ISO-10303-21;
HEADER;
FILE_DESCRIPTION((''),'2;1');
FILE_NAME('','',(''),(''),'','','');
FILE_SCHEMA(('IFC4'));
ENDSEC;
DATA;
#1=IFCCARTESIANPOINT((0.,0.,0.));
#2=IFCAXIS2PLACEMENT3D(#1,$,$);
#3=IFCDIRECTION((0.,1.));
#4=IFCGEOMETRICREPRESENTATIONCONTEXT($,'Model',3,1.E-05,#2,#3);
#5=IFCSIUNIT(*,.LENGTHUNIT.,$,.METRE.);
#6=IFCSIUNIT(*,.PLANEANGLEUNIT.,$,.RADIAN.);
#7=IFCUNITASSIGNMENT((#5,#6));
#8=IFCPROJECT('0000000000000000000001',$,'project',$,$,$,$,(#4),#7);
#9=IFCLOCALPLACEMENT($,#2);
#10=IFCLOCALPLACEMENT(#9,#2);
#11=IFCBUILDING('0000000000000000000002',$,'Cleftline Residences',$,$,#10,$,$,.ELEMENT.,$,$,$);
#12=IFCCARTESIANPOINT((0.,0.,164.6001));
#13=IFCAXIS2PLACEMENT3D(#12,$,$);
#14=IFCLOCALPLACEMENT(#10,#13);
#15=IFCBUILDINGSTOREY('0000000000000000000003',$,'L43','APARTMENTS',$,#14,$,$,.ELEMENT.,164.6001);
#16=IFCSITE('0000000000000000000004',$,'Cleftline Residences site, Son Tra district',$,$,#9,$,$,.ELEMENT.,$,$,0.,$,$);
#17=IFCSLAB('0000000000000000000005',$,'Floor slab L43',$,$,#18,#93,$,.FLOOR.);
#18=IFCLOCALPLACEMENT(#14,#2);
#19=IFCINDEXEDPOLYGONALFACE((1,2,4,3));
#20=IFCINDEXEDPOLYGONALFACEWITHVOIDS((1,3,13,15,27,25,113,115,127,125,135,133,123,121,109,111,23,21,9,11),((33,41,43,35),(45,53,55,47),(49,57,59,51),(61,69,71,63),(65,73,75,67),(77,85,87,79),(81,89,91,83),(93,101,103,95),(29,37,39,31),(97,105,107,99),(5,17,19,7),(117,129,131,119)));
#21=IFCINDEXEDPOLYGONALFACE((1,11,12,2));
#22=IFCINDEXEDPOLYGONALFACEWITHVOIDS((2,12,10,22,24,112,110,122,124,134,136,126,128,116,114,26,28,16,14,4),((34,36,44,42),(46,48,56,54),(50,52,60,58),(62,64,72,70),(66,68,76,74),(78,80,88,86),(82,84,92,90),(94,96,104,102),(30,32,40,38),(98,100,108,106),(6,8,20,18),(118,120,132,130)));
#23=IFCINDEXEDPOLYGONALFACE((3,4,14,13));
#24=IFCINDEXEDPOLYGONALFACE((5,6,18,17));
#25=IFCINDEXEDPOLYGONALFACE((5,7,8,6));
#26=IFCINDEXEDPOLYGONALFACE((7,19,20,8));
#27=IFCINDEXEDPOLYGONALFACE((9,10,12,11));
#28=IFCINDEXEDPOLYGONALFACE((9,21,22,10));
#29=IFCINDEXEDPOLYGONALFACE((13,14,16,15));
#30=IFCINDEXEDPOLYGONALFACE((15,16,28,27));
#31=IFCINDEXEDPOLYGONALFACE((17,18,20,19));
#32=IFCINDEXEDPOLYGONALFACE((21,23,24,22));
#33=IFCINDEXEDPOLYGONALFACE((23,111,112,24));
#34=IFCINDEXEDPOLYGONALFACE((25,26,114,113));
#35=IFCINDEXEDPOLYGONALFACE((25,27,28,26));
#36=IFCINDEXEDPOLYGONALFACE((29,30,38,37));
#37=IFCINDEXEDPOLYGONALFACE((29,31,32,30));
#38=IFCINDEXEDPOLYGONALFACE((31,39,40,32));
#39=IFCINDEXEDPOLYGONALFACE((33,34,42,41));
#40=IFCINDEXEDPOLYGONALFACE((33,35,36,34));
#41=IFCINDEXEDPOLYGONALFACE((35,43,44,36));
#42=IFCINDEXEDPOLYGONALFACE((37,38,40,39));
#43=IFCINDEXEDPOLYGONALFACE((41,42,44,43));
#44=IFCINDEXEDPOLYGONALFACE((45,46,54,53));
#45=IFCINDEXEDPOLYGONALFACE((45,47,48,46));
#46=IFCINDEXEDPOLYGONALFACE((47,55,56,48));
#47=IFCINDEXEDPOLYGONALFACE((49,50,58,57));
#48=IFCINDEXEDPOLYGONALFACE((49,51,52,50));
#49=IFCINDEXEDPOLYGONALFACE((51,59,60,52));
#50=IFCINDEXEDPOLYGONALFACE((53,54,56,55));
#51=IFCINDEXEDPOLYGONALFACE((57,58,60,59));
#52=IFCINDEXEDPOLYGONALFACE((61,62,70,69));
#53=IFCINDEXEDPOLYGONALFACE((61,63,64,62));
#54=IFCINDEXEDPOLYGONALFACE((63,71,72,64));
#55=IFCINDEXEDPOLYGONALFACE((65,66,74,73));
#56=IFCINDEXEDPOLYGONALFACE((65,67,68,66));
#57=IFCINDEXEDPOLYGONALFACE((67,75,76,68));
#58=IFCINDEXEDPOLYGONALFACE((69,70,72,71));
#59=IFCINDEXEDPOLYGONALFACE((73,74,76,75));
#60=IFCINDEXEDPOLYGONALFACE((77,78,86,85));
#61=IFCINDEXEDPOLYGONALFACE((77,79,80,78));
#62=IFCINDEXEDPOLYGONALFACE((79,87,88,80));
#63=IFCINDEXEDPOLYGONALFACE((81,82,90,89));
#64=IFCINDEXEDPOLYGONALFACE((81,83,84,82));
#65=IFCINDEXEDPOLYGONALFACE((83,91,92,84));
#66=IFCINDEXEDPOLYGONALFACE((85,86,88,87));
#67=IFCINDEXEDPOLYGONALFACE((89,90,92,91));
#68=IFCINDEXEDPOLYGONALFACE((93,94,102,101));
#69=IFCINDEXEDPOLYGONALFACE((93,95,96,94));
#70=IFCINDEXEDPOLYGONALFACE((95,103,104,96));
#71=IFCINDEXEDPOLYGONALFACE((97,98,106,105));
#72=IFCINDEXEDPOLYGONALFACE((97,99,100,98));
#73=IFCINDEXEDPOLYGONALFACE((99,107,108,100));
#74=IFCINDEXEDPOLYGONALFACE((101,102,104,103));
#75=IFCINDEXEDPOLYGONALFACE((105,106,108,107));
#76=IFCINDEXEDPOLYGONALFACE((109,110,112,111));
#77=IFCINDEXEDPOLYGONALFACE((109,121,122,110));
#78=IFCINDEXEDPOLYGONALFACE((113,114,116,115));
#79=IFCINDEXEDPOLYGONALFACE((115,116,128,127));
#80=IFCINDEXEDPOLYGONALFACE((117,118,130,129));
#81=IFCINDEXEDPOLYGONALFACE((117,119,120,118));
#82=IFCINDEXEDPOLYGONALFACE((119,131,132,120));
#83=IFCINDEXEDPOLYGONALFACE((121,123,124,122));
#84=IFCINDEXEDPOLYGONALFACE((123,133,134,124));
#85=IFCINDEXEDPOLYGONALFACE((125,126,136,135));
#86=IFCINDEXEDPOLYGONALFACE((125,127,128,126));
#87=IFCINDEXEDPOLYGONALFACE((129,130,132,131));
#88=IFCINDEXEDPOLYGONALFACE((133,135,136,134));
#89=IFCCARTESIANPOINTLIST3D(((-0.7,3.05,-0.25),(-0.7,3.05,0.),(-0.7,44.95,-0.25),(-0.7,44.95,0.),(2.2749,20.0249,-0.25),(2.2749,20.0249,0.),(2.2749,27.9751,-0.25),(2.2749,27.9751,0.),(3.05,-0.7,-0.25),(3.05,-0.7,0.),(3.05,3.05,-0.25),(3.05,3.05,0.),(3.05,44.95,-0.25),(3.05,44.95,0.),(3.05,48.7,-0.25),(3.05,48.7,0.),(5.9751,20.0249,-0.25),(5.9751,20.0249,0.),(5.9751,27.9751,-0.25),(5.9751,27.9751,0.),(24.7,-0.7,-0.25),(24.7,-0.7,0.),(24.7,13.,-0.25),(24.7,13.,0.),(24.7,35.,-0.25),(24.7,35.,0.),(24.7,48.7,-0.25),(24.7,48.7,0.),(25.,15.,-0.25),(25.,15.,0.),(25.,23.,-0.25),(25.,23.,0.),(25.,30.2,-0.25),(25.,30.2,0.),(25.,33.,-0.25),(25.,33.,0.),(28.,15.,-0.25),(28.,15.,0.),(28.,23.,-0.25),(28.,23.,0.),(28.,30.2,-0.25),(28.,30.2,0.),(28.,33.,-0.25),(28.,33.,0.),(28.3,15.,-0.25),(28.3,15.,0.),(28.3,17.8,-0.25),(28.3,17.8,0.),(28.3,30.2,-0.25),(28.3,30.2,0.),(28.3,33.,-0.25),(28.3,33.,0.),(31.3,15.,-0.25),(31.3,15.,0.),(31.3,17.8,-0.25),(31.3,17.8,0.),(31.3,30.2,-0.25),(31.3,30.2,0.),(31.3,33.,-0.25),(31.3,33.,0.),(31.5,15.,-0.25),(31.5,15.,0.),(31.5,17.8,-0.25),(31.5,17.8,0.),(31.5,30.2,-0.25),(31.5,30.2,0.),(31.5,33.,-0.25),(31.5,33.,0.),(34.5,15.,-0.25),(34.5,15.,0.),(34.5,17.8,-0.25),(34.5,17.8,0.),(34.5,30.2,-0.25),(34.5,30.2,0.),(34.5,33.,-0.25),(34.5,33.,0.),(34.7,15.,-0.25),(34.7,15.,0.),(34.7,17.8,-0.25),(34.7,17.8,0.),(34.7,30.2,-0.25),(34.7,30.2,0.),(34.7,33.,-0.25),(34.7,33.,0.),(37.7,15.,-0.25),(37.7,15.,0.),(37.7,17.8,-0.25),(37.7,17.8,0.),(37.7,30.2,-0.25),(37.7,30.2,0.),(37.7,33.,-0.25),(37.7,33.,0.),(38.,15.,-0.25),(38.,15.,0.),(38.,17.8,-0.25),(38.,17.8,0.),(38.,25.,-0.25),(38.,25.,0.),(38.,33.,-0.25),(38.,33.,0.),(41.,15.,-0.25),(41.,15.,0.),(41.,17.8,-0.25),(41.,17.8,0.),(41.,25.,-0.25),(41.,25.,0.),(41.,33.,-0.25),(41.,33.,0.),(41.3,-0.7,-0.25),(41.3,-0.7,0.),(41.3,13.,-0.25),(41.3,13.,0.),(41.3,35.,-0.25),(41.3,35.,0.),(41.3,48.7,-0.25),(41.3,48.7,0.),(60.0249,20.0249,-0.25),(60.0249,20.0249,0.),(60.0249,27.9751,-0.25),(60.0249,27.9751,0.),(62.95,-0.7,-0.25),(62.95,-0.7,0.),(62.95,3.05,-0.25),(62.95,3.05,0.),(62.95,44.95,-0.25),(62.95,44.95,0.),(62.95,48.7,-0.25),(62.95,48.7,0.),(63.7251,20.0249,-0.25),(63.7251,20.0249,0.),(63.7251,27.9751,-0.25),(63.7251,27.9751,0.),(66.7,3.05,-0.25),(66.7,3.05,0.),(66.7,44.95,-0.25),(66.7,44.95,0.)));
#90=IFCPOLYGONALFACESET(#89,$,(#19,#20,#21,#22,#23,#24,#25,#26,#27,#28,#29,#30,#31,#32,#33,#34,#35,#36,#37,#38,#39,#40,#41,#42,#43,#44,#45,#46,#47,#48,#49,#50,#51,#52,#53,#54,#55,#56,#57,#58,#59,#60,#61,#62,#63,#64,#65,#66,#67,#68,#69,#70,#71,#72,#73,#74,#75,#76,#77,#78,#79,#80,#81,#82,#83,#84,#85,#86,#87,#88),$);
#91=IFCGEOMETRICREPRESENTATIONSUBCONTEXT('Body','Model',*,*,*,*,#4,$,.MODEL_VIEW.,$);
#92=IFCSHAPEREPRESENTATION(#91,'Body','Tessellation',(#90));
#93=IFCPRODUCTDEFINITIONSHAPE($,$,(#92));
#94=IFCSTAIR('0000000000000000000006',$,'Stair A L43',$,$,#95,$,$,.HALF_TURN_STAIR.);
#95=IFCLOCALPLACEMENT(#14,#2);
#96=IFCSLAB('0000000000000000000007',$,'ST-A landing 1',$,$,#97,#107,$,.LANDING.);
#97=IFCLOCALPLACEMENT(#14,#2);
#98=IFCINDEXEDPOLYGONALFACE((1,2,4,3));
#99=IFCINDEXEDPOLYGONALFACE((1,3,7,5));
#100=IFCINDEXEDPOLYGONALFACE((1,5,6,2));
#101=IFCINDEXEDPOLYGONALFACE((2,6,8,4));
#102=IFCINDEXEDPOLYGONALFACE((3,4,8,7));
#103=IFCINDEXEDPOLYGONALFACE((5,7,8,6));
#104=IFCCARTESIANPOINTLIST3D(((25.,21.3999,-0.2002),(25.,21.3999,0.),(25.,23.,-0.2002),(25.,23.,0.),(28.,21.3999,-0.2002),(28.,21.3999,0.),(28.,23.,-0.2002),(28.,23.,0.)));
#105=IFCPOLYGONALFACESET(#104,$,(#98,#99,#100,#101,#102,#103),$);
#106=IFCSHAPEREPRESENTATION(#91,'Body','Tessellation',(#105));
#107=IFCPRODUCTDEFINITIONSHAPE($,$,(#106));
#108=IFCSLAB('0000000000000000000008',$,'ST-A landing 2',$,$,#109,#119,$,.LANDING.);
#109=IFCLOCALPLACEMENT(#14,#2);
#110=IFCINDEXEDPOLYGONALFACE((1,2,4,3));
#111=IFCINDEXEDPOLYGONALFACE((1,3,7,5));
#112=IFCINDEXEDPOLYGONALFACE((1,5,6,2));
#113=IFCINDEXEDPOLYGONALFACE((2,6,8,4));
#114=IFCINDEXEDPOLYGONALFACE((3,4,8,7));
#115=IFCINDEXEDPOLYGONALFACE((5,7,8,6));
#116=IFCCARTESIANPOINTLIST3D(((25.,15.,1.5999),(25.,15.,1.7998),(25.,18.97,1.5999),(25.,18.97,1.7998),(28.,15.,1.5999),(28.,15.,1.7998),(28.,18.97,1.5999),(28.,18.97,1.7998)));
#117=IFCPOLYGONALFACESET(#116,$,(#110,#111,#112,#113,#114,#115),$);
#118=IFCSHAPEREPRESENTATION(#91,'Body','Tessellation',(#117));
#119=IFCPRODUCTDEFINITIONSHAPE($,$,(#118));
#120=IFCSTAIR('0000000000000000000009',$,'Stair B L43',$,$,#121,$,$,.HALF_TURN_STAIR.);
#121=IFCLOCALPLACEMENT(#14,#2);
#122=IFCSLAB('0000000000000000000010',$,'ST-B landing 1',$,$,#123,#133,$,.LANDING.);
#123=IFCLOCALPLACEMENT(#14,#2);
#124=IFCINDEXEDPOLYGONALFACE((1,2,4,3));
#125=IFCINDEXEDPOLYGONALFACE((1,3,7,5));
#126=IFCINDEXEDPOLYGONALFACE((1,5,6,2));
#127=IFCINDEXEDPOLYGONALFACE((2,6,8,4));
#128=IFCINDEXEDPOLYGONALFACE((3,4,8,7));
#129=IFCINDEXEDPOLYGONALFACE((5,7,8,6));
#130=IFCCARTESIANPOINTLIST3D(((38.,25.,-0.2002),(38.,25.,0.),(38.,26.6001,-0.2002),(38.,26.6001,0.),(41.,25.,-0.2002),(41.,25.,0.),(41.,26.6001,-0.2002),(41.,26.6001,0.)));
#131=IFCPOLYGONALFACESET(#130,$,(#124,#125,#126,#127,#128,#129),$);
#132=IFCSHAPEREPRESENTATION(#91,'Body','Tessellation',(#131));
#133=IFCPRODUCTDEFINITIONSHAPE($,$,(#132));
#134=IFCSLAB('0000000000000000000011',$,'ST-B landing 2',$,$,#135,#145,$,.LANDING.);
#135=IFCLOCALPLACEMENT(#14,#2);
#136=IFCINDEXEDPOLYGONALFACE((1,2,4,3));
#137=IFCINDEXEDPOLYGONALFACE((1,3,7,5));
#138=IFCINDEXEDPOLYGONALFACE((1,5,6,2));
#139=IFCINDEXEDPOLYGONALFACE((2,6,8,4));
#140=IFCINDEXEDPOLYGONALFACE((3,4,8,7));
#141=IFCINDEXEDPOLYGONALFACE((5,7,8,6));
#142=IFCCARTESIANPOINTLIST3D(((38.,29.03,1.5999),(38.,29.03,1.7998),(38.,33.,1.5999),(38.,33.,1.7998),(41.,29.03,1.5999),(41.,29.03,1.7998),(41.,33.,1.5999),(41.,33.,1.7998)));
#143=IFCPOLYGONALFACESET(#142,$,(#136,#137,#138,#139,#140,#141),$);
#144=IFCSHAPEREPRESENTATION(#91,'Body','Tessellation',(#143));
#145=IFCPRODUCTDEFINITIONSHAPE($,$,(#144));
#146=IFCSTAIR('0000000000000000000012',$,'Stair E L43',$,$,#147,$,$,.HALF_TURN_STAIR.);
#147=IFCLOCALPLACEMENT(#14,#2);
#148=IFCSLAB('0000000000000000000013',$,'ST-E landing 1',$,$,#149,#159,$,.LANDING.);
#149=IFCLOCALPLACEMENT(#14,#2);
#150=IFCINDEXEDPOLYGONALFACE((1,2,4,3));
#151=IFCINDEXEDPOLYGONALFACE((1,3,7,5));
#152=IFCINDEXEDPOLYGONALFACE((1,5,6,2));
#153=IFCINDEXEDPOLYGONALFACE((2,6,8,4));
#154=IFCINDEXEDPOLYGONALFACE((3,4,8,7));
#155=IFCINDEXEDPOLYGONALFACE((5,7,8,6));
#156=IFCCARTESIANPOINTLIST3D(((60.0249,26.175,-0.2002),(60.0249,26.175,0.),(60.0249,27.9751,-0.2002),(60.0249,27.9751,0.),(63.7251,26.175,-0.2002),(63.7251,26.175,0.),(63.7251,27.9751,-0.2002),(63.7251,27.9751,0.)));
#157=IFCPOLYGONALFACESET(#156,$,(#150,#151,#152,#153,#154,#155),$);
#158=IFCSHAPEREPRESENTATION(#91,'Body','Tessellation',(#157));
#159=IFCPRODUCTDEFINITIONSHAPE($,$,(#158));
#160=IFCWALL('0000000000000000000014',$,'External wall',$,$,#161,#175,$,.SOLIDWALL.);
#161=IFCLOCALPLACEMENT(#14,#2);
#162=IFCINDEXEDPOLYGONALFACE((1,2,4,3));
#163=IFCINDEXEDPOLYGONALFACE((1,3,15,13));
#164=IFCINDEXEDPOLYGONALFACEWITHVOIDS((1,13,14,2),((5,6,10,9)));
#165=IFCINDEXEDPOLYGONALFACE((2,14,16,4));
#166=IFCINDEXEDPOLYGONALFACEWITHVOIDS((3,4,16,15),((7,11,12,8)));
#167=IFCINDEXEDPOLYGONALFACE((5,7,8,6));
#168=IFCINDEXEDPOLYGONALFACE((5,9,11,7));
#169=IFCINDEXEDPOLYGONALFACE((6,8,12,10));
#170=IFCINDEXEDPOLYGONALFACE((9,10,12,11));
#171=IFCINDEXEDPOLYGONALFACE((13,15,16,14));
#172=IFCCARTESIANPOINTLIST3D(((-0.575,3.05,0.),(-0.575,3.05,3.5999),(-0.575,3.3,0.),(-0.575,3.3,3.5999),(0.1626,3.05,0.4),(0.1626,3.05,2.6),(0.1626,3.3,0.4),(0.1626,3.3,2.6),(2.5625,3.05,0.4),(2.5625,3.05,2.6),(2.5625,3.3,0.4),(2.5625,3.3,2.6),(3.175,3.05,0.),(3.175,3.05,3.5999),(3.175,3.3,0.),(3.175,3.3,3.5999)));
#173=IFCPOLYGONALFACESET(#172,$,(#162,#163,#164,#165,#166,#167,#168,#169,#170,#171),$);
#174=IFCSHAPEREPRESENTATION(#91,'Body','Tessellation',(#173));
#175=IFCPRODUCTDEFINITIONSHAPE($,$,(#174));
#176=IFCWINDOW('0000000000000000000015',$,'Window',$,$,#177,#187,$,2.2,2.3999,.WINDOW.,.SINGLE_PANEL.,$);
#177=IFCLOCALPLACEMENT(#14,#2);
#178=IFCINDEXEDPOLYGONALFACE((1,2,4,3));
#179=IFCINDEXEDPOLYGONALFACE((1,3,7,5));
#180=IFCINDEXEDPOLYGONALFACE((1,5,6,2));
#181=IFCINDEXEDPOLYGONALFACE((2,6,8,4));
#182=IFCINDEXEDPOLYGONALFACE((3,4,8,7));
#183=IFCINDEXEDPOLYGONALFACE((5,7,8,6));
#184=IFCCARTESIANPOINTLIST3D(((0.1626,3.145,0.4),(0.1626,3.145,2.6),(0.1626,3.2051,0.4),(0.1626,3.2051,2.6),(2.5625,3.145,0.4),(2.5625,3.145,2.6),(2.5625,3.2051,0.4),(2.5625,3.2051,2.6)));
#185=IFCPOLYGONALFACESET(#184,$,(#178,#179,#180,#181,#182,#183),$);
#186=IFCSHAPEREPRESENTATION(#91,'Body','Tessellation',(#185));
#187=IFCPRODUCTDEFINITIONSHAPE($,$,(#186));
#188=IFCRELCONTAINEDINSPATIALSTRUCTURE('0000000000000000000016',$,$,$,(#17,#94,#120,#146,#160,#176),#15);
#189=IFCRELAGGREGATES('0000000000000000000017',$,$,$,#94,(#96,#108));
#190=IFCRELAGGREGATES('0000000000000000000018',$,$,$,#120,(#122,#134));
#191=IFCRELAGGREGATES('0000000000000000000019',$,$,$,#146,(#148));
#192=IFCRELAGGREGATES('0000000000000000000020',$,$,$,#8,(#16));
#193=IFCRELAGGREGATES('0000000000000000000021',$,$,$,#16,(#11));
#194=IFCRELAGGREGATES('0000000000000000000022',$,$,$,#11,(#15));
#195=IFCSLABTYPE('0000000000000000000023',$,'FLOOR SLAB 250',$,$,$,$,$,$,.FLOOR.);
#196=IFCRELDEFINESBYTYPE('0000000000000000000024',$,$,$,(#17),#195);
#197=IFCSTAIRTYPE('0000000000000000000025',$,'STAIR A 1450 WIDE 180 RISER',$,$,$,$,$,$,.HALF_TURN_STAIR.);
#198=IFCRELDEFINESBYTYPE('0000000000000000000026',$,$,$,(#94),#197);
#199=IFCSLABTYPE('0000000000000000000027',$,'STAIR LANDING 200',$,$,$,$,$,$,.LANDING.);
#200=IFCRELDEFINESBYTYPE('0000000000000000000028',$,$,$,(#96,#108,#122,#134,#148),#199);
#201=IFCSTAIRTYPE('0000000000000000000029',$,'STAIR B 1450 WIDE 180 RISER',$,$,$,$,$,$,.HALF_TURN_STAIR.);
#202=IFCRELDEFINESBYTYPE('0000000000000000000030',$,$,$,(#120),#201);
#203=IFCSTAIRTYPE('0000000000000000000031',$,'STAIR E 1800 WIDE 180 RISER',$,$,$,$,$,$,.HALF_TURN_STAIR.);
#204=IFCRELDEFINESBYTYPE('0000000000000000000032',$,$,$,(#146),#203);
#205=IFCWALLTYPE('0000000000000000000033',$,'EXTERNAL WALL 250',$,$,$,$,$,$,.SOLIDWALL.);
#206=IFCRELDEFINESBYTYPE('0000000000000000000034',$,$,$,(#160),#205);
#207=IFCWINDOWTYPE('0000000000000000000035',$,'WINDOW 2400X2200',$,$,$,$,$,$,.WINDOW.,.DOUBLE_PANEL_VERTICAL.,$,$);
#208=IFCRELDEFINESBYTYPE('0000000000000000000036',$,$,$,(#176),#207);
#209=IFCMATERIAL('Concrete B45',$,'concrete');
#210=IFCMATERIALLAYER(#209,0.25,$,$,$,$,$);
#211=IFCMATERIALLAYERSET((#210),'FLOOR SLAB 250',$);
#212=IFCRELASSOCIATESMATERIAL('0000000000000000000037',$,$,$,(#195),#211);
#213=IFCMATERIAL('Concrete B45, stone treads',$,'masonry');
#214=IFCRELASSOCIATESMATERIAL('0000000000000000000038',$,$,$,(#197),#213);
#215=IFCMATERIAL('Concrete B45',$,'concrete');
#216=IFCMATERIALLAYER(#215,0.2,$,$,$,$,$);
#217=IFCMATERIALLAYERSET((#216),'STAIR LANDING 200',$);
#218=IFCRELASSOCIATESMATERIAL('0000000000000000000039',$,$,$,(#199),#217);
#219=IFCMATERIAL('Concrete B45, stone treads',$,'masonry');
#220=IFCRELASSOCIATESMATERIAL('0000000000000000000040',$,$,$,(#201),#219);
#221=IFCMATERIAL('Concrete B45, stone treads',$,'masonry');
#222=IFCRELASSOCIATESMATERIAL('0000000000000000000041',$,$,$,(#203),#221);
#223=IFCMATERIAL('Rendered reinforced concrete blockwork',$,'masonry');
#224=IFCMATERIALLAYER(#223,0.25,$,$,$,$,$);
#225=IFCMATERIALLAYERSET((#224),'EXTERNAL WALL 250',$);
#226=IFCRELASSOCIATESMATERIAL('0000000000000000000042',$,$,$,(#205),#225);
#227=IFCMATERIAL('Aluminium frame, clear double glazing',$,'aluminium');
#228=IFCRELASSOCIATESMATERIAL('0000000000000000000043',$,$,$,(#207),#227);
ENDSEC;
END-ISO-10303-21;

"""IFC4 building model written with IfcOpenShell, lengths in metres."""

from ifc_helpers import new_model, si_unit, direction, frame, frame_2d, origin, place, context, subcontext, project, spatial, polyline, rectangle, outline, extrude, material, layer, layer_set, type_object, element, fill, aggregate, save


model = new_model("IFC4")

# Units and contexts
model_context = context("Model", 3, precision=1e-05, world=origin(), true_north=direction((0.0, 1.0)))
body_context = subcontext(model_context, "Body", "Model", "MODEL_VIEW")
ifc_project = project(units=[si_unit("LENGTHUNIT", "METRE"), si_unit("PLANEANGLEUNIT", "RADIAN")], contexts=[model_context])

# Site, building, storey
site_placement = place(None, origin())
site = spatial("IfcSite", under=ifc_project, at=site_placement, Name="Cleftline Residences site, Son Tra district", CompositionType="ELEMENT", RefElevation=0.0)
building_placement = place(site_placement, origin())
building = spatial("IfcBuilding", under=site, at=building_placement, Name="Cleftline Residences", CompositionType="ELEMENT")
storey_placement = place(building_placement, frame((0.0, 0.0, 164.6001)))
storey = spatial("IfcBuildingStorey", under=building, at=storey_placement, Name="L43", Description="APARTMENTS", CompositionType="ELEMENT", Elevation=164.6001)

# Slab
ifc_material_1 = material(Name="Concrete B45", Category="concrete")
ifc_layer_1 = layer(ifc_material_1, 0.25)
ifc_layer_set_1 = layer_set([ifc_layer_1], Name="FLOOR SLAB 250")
slab_type_1 = type_object("IfcSlabType", Name="FLOOR SLAB 250", PredefinedType="FLOOR", material=ifc_layer_set_1)
slab_1_placement = place(storey_placement, frame((0.0, 0.0, -0.25)))
element("IfcSlab", 1, at=slab_1_placement, inside=storey, type_object=slab_type_1, Name="Floor slab L43", PredefinedType="FLOOR", context=body_context, shape_type="SweptSolid", body=[
    extrude(outline(polyline([(24.7, 13.0), (41.3, 13.0), (41.3, -0.7), (62.95, -0.7), (62.95, 3.05), (66.7, 3.05), (66.7, 44.95), (62.95, 44.95), (62.95, 48.7), (41.3, 48.7), (41.3, 35.0), (24.7, 35.0), (24.7, 48.7), (3.05, 48.7), (3.05, 44.95), (-0.7, 44.95), (-0.7, 3.05), (3.05, 3.05), (3.05, -0.7), (24.7, -0.7), (24.7, 13.0)]), holes=[polyline([(28.0, 15.0), (28.0, 23.0), (25.0, 23.0), (25.0, 15.0), (28.0, 15.0)]), polyline([(41.0, 25.0), (41.0, 33.0), (38.0, 33.0), (38.0, 25.0), (41.0, 25.0)]), polyline([(28.0, 30.2), (28.0, 33.0), (25.0, 33.0), (25.0, 30.2), (28.0, 30.2)]), polyline([(41.0, 15.0), (41.0, 17.8), (38.0, 17.8), (38.0, 15.0), (41.0, 15.0)]), polyline([(31.3, 15.0), (31.3, 17.8), (28.3, 17.8), (28.3, 15.0), (31.3, 15.0)]), polyline([(34.5, 15.0), (34.5, 17.8), (31.5, 17.8), (31.5, 15.0), (34.5, 15.0)]), polyline([(37.7, 15.0), (37.7, 17.8), (34.7, 17.8), (34.7, 15.0), (37.7, 15.0)]), polyline([(31.3, 30.2), (31.3, 33.0), (28.3, 33.0), (28.3, 30.2), (31.3, 30.2)]), polyline([(34.5, 30.2), (34.5, 33.0), (31.5, 33.0), (31.5, 30.2), (34.5, 30.2)]), polyline([(37.7, 30.2), (37.7, 33.0), (34.7, 33.0), (34.7, 30.2), (37.7, 30.2)]), polyline([(63.7251, 20.0249), (63.7251, 27.9751), (60.0249, 27.9751), (60.0249, 20.0249), (63.7251, 20.0249)]), polyline([(5.9751, 20.0249), (5.9751, 27.9751), (2.2749, 27.9751), (2.2749, 20.0249), (5.9751, 20.0249)])]), origin(), (0.0, 0.0, 1.0), 0.25),
])

# Stairs, slabs
ifc_material_2 = material(Name="Concrete B45, stone treads", Category="masonry")
stair_type_1 = type_object("IfcStairType", Name="STAIR A 1450 WIDE 180 RISER", PredefinedType="HALF_TURN_STAIR", material=ifc_material_2)
stair_1_placement = place(storey_placement, origin())
stair_1 = element("IfcStair", 2, at=stair_1_placement, inside=storey, type_object=stair_type_1, Name="Stair A L43", PredefinedType="HALF_TURN_STAIR")
ifc_material_3 = material(Name="Concrete B45", Category="concrete")
ifc_layer_2 = layer(ifc_material_3, 0.2)
ifc_layer_set_2 = layer_set([ifc_layer_2], Name="STAIR LANDING 200")
slab_type_2 = type_object("IfcSlabType", Name="STAIR LANDING 200", PredefinedType="LANDING", material=ifc_layer_set_2)
slab_2_placement = place(storey_placement, frame((0.0, 0.0, -0.2002)))
slab_2 = element("IfcSlab", 3, at=slab_2_placement, type_object=slab_type_2, Name="ST-A landing 1", PredefinedType="LANDING", context=body_context, shape_type="SweptSolid", body=[
    extrude(outline(polyline([(25.0, 21.3999), (28.0, 21.3999), (28.0, 23.0), (25.0, 23.0), (25.0, 21.3999)])), origin(), (0.0, 0.0, 1.0), 0.2002),
])
slab_3_placement = place(storey_placement, frame((0.0, 0.0, 1.5999)))
slab_3 = element("IfcSlab", 4, at=slab_3_placement, type_object=slab_type_2, Name="ST-A landing 2", PredefinedType="LANDING", context=body_context, shape_type="SweptSolid", body=[
    extrude(outline(polyline([(25.0, 15.0), (28.0, 15.0), (28.0, 18.97), (25.0, 18.97), (25.0, 15.0)])), origin(), (0.0, 0.0, 1.0), 0.2),
])
aggregate(stair_1, [slab_2, slab_3])
ifc_material_4 = material(Name="Concrete B45, stone treads", Category="masonry")
stair_type_2 = type_object("IfcStairType", Name="STAIR B 1450 WIDE 180 RISER", PredefinedType="HALF_TURN_STAIR", material=ifc_material_4)
stair_2_placement = place(storey_placement, origin())
stair_2 = element("IfcStair", 5, at=stair_2_placement, inside=storey, type_object=stair_type_2, Name="Stair B L43", PredefinedType="HALF_TURN_STAIR")
slab_4_placement = place(storey_placement, frame((0.0, 0.0, -0.2002)))
slab_4 = element("IfcSlab", 6, at=slab_4_placement, type_object=slab_type_2, Name="ST-B landing 1", PredefinedType="LANDING", context=body_context, shape_type="SweptSolid", body=[
    extrude(outline(polyline([(38.0, 25.0), (41.0, 25.0), (41.0, 26.6001), (38.0, 26.6001), (38.0, 25.0)])), origin(), (0.0, 0.0, 1.0), 0.2002),
])
slab_5_placement = place(storey_placement, frame((0.0, 0.0, 1.5999)))
slab_5 = element("IfcSlab", 7, at=slab_5_placement, type_object=slab_type_2, Name="ST-B landing 2", PredefinedType="LANDING", context=body_context, shape_type="SweptSolid", body=[
    extrude(outline(polyline([(38.0, 29.03), (41.0, 29.03), (41.0, 33.0), (38.0, 33.0), (38.0, 29.03)])), origin(), (0.0, 0.0, 1.0), 0.2),
])
aggregate(stair_2, [slab_4, slab_5])

# Stair, slab
ifc_material_5 = material(Name="Concrete B45, stone treads", Category="masonry")
stair_type_3 = type_object("IfcStairType", Name="STAIR E 1800 WIDE 180 RISER", PredefinedType="HALF_TURN_STAIR", material=ifc_material_5)
stair_3_placement = place(storey_placement, origin())
stair_3 = element("IfcStair", 8, at=stair_3_placement, inside=storey, type_object=stair_type_3, Name="Stair E L43", PredefinedType="HALF_TURN_STAIR")
slab_6_placement = place(storey_placement, frame((0.0, 0.0, -0.2002)))
slab_6 = element("IfcSlab", 9, at=slab_6_placement, type_object=slab_type_2, Name="ST-E landing 1", PredefinedType="LANDING", context=body_context, shape_type="SweptSolid", body=[
    extrude(outline(polyline([(60.0249, 26.175), (63.7251, 26.175), (63.7251, 27.9751), (60.0249, 27.9751), (60.0249, 26.175)])), origin(), (0.0, 0.0, 1.0), 0.2002),
])
aggregate(stair_3, [slab_6])

# Wall, opening, window
ifc_material_6 = material(Name="Rendered reinforced concrete blockwork", Category="masonry")
ifc_layer_3 = layer(ifc_material_6, 0.25)
ifc_layer_set_3 = layer_set([ifc_layer_3], Name="EXTERNAL WALL 250")
wall_type = type_object("IfcWallType", Name="EXTERNAL WALL 250", PredefinedType="SOLIDWALL", material=ifc_layer_set_3)
wall_placement = place(storey_placement, frame((-0.575, 3.175, 0.0), z_axis=(0.0, 0.0, 1.0), x_axis=(1.0, 0.0, 0.0)))
wall = element("IfcWall", 10, at=wall_placement, inside=storey, type_object=wall_type, Name="External wall", PredefinedType="SOLIDWALL", context=body_context, shape_type="SweptSolid", body=[
    extrude(rectangle(XDim=3.75, YDim=0.25, at=frame_2d((1.875, 0.0))), origin(), (0.0, 0.0, 1.0), 3.5999),
])
opening_placement = place(wall_placement, frame((0.7375, 0.0, 0.3999)))
opening = element("IfcOpeningElement", 11, at=opening_placement, cuts=wall, PredefinedType="OPENING", context=body_context, shape_type="SweptSolid", body=[
    extrude(rectangle(XDim=2.3999, YDim=2.2, at=frame_2d((1.2, 1.1001))), frame((0.0, 0.135, 0.0), z_axis=(0.0, -1.0, 0.0), x_axis=(1.0, 0.0, 0.0)), (0.0, 0.0, 1.0), 0.27),
])
ifc_material_7 = material(Name="Aluminium frame, clear double glazing", Category="aluminium")
window_type = type_object("IfcWindowType", Name="WINDOW 2400X2200", PartitioningType="DOUBLE_PANEL_VERTICAL", PredefinedType="WINDOW", material=ifc_material_7)
window_placement = place(opening_placement, origin())
window = element("IfcWindow", 12, at=window_placement, inside=storey, type_object=window_type, Name="Window", OverallHeight=2.2, OverallWidth=2.3999, PartitioningType="SINGLE_PANEL", PredefinedType="WINDOW", context=body_context, shape_type="SweptSolid", body=[
    extrude(rectangle(XDim=2.3999, YDim=2.2, at=frame_2d((1.2, 1.1001))), frame((0.0, 0.03, 0.0), z_axis=(0.0, -1.0, 0.0), x_axis=(1.0, 0.0, 0.0)), (0.0, 0.0, 1.0), 0.0601),
])
fill(opening, window)

save(model, "model.ifc")
